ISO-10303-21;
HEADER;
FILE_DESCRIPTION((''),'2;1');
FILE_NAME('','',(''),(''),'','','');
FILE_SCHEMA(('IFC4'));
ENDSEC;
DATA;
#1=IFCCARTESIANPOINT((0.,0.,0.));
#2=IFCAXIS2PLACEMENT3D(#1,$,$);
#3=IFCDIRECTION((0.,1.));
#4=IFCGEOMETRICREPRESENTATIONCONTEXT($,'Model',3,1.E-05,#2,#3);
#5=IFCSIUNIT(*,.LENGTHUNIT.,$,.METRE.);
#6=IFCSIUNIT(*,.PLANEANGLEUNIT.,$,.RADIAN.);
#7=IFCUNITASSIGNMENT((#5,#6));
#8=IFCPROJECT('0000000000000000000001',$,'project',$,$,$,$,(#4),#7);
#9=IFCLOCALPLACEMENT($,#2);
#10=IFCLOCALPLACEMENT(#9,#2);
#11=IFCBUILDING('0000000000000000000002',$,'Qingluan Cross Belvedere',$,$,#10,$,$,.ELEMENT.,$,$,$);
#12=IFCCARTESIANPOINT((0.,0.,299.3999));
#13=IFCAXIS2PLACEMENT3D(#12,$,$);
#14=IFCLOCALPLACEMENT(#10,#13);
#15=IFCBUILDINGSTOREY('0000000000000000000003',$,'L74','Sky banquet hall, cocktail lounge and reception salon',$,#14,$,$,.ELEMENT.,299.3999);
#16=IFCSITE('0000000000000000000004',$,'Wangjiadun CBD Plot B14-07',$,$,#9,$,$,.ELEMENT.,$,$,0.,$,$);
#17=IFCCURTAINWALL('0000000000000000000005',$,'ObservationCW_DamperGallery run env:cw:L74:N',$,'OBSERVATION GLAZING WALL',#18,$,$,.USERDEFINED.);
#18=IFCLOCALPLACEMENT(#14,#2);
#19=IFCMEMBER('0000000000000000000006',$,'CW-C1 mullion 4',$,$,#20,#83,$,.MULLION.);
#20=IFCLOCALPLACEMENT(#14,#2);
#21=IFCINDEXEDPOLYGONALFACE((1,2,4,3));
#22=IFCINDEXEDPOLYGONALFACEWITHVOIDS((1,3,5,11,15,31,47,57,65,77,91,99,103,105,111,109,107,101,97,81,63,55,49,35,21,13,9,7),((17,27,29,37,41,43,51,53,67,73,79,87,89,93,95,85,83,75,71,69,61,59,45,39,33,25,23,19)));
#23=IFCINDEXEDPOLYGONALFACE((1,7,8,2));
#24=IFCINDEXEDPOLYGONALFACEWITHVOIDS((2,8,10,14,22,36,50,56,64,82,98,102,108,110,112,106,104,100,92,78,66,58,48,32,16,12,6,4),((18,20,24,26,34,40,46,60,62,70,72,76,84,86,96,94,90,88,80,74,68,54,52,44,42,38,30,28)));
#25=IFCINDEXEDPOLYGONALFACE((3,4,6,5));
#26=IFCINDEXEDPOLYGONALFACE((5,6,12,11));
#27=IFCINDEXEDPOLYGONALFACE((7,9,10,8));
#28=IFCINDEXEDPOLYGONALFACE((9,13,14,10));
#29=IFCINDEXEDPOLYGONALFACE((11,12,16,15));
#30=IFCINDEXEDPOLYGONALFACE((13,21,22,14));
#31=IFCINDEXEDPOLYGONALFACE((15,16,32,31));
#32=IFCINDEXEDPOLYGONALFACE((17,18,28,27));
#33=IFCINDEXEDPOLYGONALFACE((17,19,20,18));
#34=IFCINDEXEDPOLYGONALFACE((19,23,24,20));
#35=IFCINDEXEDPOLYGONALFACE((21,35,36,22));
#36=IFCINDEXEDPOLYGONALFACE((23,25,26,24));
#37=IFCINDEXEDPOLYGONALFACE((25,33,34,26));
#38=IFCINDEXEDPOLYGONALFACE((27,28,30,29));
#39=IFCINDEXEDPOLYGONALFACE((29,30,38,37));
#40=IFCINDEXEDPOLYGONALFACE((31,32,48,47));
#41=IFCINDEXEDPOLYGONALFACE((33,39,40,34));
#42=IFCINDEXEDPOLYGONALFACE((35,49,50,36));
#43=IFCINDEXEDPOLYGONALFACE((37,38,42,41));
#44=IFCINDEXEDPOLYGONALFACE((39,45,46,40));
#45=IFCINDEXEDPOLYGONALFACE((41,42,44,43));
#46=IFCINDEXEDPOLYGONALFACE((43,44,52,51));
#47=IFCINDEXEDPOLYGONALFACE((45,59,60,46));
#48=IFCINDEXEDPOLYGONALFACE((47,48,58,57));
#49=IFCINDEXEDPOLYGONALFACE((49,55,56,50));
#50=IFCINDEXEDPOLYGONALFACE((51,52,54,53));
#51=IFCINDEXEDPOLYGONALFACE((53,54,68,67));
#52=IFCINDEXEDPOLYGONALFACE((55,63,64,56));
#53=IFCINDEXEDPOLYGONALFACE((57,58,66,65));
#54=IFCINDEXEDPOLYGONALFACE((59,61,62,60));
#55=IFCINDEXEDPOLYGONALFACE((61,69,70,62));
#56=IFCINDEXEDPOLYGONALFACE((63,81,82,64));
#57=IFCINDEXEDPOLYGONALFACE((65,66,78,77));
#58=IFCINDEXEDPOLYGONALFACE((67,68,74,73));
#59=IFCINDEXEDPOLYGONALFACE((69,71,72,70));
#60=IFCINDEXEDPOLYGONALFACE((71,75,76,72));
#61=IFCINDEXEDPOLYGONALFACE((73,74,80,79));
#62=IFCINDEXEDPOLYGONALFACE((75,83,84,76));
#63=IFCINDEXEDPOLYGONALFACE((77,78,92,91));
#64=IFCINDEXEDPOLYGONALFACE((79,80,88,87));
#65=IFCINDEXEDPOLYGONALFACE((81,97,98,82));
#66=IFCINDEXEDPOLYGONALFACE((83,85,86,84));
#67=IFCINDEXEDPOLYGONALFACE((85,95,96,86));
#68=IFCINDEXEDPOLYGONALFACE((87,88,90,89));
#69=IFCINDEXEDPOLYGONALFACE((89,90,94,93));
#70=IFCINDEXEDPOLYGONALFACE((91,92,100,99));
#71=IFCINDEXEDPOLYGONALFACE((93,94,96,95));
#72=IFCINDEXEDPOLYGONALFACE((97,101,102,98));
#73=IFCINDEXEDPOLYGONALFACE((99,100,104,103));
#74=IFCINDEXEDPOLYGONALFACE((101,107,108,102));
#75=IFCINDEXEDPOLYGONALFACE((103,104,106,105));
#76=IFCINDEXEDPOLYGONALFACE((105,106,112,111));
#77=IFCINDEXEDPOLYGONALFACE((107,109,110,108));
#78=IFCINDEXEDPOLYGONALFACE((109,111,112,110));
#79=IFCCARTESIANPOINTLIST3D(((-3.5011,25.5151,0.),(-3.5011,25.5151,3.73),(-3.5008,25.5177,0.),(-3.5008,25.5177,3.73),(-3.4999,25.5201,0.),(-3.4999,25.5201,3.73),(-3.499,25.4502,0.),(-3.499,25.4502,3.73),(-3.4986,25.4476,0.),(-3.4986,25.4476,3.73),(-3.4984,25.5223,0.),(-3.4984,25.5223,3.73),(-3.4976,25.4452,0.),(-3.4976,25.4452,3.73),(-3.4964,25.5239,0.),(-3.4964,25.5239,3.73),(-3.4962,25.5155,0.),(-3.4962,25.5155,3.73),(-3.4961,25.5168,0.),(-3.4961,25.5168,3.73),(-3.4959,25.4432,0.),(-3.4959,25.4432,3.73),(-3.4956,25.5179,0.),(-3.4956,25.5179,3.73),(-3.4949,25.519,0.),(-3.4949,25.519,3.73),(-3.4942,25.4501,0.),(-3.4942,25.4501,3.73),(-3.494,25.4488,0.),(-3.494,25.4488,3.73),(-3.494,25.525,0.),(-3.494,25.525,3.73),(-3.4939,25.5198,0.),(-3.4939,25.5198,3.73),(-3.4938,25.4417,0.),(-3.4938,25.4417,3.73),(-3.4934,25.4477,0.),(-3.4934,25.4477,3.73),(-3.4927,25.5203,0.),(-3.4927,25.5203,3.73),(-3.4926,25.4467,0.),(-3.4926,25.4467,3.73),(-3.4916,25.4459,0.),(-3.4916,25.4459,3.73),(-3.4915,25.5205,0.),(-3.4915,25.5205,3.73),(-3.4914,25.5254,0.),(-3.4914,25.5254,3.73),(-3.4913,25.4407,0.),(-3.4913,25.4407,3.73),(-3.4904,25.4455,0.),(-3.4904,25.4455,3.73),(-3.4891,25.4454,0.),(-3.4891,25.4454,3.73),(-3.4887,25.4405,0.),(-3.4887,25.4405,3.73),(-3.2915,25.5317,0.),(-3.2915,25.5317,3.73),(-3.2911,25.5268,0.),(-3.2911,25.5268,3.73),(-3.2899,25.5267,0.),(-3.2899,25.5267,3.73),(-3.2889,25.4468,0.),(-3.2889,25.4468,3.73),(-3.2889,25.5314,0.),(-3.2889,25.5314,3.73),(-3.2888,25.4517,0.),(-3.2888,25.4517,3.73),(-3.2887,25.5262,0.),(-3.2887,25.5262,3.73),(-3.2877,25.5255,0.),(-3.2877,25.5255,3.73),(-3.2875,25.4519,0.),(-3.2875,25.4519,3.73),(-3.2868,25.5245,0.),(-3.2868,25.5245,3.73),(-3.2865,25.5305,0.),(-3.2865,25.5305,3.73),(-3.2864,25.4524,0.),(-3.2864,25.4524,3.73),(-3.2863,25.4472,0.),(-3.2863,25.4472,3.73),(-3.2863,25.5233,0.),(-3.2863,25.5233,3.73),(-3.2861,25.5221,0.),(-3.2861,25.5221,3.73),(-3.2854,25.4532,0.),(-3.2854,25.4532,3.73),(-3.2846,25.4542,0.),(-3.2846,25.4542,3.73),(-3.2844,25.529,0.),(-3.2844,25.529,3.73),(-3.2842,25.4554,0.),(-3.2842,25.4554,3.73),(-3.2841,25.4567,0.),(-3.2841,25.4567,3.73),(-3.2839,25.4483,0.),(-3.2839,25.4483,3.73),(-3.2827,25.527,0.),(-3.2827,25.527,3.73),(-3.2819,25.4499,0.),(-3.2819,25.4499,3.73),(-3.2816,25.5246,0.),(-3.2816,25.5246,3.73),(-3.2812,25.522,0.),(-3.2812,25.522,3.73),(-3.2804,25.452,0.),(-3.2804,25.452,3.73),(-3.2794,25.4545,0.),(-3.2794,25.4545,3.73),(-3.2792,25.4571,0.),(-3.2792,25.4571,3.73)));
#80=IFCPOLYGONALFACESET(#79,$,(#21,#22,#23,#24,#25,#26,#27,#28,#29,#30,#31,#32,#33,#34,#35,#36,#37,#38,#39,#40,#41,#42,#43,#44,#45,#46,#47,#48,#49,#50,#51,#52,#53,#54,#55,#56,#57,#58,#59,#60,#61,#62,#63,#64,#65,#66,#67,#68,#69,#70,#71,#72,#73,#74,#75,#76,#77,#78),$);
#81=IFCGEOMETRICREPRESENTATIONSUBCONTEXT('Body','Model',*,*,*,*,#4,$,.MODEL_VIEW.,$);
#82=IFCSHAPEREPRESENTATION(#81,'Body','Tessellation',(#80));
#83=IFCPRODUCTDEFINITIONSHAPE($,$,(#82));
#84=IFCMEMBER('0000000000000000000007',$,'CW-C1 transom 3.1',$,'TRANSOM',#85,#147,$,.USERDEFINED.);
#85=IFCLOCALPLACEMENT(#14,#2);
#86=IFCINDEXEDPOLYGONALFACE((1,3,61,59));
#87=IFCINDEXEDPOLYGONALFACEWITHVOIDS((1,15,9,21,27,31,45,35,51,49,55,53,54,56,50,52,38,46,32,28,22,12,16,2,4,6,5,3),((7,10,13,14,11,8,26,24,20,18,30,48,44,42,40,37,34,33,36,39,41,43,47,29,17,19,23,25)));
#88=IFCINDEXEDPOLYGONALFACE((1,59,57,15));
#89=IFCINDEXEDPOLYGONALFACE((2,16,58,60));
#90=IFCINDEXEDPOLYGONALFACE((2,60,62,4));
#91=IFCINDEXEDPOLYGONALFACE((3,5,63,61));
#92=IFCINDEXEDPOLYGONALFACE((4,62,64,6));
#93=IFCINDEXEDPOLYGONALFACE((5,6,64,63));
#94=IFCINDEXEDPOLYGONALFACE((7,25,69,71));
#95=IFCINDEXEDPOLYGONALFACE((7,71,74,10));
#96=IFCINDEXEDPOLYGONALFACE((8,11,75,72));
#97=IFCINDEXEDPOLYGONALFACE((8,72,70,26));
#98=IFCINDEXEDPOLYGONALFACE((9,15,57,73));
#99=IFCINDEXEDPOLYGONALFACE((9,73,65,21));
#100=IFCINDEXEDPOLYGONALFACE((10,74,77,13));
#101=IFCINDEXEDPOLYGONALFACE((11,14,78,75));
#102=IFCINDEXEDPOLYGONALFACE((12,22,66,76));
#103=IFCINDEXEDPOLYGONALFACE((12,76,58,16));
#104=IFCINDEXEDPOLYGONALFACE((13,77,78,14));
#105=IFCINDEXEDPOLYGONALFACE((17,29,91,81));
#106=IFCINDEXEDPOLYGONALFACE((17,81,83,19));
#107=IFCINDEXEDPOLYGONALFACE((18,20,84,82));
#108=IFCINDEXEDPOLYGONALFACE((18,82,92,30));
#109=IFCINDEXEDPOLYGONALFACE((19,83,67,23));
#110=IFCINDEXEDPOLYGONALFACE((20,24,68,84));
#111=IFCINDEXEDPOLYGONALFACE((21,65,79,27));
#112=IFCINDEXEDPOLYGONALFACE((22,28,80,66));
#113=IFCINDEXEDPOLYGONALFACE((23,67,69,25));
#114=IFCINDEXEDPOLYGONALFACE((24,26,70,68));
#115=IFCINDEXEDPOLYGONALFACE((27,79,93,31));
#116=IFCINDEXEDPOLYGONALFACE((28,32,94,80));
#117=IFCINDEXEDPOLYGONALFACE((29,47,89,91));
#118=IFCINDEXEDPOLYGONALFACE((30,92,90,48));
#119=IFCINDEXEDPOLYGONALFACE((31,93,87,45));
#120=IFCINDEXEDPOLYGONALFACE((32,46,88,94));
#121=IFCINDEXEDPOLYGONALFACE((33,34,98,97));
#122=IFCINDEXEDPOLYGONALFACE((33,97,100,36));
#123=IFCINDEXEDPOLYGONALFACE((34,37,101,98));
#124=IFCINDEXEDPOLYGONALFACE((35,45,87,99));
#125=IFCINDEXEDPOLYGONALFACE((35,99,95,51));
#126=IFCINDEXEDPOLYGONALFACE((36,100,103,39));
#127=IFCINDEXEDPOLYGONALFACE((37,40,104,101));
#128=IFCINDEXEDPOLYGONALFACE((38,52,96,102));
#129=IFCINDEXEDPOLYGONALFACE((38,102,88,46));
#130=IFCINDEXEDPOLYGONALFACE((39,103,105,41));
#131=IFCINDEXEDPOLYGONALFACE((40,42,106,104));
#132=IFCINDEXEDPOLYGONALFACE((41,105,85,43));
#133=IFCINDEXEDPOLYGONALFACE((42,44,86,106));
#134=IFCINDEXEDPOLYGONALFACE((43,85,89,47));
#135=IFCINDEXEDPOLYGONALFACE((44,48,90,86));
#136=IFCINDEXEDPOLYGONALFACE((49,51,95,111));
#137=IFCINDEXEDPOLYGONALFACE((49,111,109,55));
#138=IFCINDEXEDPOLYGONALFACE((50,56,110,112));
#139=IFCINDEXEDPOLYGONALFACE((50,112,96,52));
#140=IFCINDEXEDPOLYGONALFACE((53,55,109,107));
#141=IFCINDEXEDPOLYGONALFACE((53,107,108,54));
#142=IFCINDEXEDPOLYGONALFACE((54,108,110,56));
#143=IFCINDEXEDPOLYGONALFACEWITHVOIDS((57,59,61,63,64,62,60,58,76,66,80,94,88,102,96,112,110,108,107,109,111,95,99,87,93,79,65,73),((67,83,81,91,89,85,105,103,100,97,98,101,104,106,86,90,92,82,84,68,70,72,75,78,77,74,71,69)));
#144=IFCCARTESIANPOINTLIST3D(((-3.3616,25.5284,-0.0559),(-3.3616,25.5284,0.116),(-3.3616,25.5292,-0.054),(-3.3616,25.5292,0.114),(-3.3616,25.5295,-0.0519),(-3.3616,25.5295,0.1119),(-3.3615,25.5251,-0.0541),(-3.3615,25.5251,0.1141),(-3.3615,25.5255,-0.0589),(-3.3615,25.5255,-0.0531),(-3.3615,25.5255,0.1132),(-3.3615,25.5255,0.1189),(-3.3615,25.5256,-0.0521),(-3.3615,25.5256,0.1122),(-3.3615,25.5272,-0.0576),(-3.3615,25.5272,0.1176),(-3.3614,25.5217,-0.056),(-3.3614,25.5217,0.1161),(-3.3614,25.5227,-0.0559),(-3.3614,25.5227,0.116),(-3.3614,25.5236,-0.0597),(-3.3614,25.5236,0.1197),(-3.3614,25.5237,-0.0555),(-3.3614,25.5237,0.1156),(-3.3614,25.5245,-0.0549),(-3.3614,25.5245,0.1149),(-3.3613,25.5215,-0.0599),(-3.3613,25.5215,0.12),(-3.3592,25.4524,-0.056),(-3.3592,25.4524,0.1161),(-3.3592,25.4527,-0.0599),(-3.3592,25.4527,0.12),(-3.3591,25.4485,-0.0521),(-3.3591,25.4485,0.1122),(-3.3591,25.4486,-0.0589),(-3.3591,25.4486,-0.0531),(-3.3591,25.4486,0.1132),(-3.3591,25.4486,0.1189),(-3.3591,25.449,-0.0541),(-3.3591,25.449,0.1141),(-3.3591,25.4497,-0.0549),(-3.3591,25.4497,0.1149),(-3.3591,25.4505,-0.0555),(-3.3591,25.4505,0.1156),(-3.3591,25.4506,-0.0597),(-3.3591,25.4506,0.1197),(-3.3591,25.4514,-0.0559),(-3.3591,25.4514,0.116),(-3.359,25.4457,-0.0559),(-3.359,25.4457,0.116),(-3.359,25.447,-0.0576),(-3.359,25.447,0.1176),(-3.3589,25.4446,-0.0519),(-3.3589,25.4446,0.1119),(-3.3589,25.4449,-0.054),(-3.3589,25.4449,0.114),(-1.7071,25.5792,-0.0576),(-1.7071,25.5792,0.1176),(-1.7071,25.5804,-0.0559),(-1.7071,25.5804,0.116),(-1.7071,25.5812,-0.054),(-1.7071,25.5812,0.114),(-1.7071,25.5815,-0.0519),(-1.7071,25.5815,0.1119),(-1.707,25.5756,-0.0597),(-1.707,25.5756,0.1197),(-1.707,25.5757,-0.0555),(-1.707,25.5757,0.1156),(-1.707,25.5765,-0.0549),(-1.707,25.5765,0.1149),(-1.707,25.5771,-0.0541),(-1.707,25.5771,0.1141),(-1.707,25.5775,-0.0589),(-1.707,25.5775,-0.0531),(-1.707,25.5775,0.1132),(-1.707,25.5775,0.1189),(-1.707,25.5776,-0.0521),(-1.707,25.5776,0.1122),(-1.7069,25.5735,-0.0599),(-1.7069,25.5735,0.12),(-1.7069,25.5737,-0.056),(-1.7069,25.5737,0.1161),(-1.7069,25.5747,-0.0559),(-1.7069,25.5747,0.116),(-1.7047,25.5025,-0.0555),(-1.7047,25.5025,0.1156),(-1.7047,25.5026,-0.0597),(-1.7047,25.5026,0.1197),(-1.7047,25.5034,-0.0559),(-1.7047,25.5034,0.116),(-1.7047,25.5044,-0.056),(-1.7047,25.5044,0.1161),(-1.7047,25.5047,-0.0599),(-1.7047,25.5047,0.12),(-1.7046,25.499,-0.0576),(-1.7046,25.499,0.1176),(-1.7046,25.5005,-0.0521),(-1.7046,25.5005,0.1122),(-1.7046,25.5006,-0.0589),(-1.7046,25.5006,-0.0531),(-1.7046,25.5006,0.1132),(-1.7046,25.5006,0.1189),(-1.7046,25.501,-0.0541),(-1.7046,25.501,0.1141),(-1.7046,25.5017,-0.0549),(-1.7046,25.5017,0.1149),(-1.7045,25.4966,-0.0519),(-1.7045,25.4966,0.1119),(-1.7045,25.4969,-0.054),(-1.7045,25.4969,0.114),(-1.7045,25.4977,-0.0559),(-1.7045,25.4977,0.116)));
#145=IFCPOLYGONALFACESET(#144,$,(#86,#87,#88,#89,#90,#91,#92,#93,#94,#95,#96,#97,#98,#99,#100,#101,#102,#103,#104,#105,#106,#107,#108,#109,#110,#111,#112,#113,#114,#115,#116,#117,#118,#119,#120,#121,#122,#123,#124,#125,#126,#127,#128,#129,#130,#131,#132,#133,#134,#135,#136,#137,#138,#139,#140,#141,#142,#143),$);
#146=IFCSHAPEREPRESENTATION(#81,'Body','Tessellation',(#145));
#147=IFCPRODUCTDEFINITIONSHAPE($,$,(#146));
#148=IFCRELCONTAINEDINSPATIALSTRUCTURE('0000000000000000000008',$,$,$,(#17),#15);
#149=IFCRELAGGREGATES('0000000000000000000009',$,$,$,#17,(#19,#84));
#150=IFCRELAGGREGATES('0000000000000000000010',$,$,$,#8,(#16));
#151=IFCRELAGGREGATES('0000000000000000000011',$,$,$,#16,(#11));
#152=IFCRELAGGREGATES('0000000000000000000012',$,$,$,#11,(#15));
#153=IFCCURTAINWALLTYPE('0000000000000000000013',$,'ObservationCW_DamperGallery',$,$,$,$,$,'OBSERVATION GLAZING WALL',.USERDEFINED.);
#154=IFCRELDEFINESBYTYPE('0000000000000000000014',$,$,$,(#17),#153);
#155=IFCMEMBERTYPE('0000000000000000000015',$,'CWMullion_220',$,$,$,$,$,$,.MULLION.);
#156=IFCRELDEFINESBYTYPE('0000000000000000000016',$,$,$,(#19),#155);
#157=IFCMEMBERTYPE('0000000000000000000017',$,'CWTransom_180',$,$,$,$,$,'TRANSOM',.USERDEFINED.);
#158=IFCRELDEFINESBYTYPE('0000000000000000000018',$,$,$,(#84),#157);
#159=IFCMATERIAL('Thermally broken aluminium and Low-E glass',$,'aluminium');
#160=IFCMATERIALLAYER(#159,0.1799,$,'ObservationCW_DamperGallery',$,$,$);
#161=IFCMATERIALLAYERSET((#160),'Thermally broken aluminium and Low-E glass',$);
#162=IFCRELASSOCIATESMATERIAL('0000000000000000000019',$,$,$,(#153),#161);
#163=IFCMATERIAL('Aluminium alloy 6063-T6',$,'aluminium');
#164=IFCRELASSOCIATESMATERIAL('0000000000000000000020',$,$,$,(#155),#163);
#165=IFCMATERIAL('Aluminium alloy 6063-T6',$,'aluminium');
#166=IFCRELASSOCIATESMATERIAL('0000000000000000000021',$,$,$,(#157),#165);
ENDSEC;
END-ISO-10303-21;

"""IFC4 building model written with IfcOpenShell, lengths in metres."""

from ifc_helpers import new_model, si_unit, direction, frame, origin, origin_2d, place, context, subcontext, project, spatial, hollow_rectangle, extrude, material, layer, layer_set, material_profile, profile_set, type_object, element, aggregate, save


model = new_model("IFC4")

# Units and contexts
model_context = context("Model", 3, precision=1e-05, world=origin(), true_north=direction((0.0, 1.0)))
body_context = subcontext(model_context, "Body", "Model", "MODEL_VIEW")
ifc_project = project(units=[si_unit("LENGTHUNIT", "METRE"), si_unit("PLANEANGLEUNIT", "RADIAN")], contexts=[model_context])

# Site, building, storey
site_placement = place(None, origin())
site = spatial("IfcSite", under=ifc_project, at=site_placement, Name="Wangjiadun CBD Plot B14-07", CompositionType="ELEMENT", RefElevation=0.0)
building_placement = place(site_placement, origin())
building = spatial("IfcBuilding", under=site, at=building_placement, Name="Qingluan Cross Belvedere", CompositionType="ELEMENT")
storey_placement = place(building_placement, frame((0.0, 0.0, 299.3999)))
storey = spatial("IfcBuildingStorey", under=building, at=storey_placement, Name="L74", Description="Sky banquet hall, cocktail lounge and reception salon", CompositionType="ELEMENT", Elevation=299.3999)

# Curtain wall, members
ifc_material_1 = material(Name="Thermally broken aluminium and Low-E glass", Category="aluminium")
ifc_layer_1 = layer(ifc_material_1, 0.1799, Name="ObservationCW_DamperGallery")
ifc_layer_set_1 = layer_set([ifc_layer_1], Name="Thermally broken aluminium and Low-E glass")
curtain_wall_type = type_object("IfcCurtainWallType", Name="ObservationCW_DamperGallery", ElementType="OBSERVATION GLAZING WALL", PredefinedType="USERDEFINED", material=ifc_layer_set_1)
curtain_wall_placement = place(storey_placement, origin())
curtain_wall = element("IfcCurtainWall", 1, at=curtain_wall_placement, inside=storey, type_object=curtain_wall_type, Name="ObservationCW_DamperGallery run env:cw:L74:N", ObjectType="OBSERVATION GLAZING WALL", PredefinedType="USERDEFINED")
ifc_material_2 = material(Name="Aluminium alloy 6063-T6", Category="aluminium")
ifc_material_profile_1 = material_profile(ifc_material_2, hollow_rectangle(XDim=0.085, YDim=0.22, WallThickness=0.0049, InnerFilletRadius=0.0049, OuterFilletRadius=0.01, at=origin_2d()), Name="CWM220x85x5")
ifc_profile_set_1 = profile_set([ifc_material_profile_1], Name="Aluminium alloy 6063-T6")
member_type_1 = type_object("IfcMemberType", Name="CWMullion_220", PredefinedType="MULLION", material=ifc_profile_set_1)
member_1_placement = place(storey_placement, frame((-3.3901, 25.4861, 0.0), z_axis=(0.0, 0.0, 1.0), x_axis=(0.031398, -0.999507, 0.0)))
member_1 = element("IfcMember", 2, at=member_1_placement, type_object=member_type_1, Name="CW-C1 mullion 4", PredefinedType="MULLION", context=body_context, shape_type="SweptSolid", body=[
    extrude(hollow_rectangle(XDim=0.085, YDim=0.22, WallThickness=0.0049, InnerFilletRadius=0.0049, OuterFilletRadius=0.01, at=origin_2d()), origin(), (0.0, 0.0, 1.0), 3.73),
])
ifc_material_3 = material(Name="Aluminium alloy 6063-T6", Category="aluminium")
ifc_material_profile_2 = material_profile(ifc_material_3, hollow_rectangle(XDim=0.085, YDim=0.1799, WallThickness=0.0039, InnerFilletRadius=0.0039, OuterFilletRadius=0.0081, at=origin_2d()), Name="CWT180x85x4")
ifc_profile_set_2 = profile_set([ifc_material_profile_2], Name="Aluminium alloy 6063-T6")
member_type_2 = type_object("IfcMemberType", Name="CWTransom_180", ElementType="TRANSOM", PredefinedType="USERDEFINED", material=ifc_profile_set_2)
member_2_placement = place(storey_placement, frame((-1.7058, 25.5391, 0.03), z_axis=(-0.999506, -0.031414, 0.0), x_axis=(0.031414, -0.999506, 0.0)))
member_2 = element("IfcMember", 3, at=member_2_placement, type_object=member_type_2, Name="CW-C1 transom 3.1", ObjectType="TRANSOM", PredefinedType="USERDEFINED", context=body_context, shape_type="SweptSolid", body=[
    extrude(hollow_rectangle(XDim=0.085, YDim=0.1799, WallThickness=0.0039, InnerFilletRadius=0.0039, OuterFilletRadius=0.0081, at=origin_2d()), origin(), (0.0, 0.0, 1.0), 1.6553),
])
aggregate(curtain_wall, [member_1, member_2])

save(model, "model.ifc")
